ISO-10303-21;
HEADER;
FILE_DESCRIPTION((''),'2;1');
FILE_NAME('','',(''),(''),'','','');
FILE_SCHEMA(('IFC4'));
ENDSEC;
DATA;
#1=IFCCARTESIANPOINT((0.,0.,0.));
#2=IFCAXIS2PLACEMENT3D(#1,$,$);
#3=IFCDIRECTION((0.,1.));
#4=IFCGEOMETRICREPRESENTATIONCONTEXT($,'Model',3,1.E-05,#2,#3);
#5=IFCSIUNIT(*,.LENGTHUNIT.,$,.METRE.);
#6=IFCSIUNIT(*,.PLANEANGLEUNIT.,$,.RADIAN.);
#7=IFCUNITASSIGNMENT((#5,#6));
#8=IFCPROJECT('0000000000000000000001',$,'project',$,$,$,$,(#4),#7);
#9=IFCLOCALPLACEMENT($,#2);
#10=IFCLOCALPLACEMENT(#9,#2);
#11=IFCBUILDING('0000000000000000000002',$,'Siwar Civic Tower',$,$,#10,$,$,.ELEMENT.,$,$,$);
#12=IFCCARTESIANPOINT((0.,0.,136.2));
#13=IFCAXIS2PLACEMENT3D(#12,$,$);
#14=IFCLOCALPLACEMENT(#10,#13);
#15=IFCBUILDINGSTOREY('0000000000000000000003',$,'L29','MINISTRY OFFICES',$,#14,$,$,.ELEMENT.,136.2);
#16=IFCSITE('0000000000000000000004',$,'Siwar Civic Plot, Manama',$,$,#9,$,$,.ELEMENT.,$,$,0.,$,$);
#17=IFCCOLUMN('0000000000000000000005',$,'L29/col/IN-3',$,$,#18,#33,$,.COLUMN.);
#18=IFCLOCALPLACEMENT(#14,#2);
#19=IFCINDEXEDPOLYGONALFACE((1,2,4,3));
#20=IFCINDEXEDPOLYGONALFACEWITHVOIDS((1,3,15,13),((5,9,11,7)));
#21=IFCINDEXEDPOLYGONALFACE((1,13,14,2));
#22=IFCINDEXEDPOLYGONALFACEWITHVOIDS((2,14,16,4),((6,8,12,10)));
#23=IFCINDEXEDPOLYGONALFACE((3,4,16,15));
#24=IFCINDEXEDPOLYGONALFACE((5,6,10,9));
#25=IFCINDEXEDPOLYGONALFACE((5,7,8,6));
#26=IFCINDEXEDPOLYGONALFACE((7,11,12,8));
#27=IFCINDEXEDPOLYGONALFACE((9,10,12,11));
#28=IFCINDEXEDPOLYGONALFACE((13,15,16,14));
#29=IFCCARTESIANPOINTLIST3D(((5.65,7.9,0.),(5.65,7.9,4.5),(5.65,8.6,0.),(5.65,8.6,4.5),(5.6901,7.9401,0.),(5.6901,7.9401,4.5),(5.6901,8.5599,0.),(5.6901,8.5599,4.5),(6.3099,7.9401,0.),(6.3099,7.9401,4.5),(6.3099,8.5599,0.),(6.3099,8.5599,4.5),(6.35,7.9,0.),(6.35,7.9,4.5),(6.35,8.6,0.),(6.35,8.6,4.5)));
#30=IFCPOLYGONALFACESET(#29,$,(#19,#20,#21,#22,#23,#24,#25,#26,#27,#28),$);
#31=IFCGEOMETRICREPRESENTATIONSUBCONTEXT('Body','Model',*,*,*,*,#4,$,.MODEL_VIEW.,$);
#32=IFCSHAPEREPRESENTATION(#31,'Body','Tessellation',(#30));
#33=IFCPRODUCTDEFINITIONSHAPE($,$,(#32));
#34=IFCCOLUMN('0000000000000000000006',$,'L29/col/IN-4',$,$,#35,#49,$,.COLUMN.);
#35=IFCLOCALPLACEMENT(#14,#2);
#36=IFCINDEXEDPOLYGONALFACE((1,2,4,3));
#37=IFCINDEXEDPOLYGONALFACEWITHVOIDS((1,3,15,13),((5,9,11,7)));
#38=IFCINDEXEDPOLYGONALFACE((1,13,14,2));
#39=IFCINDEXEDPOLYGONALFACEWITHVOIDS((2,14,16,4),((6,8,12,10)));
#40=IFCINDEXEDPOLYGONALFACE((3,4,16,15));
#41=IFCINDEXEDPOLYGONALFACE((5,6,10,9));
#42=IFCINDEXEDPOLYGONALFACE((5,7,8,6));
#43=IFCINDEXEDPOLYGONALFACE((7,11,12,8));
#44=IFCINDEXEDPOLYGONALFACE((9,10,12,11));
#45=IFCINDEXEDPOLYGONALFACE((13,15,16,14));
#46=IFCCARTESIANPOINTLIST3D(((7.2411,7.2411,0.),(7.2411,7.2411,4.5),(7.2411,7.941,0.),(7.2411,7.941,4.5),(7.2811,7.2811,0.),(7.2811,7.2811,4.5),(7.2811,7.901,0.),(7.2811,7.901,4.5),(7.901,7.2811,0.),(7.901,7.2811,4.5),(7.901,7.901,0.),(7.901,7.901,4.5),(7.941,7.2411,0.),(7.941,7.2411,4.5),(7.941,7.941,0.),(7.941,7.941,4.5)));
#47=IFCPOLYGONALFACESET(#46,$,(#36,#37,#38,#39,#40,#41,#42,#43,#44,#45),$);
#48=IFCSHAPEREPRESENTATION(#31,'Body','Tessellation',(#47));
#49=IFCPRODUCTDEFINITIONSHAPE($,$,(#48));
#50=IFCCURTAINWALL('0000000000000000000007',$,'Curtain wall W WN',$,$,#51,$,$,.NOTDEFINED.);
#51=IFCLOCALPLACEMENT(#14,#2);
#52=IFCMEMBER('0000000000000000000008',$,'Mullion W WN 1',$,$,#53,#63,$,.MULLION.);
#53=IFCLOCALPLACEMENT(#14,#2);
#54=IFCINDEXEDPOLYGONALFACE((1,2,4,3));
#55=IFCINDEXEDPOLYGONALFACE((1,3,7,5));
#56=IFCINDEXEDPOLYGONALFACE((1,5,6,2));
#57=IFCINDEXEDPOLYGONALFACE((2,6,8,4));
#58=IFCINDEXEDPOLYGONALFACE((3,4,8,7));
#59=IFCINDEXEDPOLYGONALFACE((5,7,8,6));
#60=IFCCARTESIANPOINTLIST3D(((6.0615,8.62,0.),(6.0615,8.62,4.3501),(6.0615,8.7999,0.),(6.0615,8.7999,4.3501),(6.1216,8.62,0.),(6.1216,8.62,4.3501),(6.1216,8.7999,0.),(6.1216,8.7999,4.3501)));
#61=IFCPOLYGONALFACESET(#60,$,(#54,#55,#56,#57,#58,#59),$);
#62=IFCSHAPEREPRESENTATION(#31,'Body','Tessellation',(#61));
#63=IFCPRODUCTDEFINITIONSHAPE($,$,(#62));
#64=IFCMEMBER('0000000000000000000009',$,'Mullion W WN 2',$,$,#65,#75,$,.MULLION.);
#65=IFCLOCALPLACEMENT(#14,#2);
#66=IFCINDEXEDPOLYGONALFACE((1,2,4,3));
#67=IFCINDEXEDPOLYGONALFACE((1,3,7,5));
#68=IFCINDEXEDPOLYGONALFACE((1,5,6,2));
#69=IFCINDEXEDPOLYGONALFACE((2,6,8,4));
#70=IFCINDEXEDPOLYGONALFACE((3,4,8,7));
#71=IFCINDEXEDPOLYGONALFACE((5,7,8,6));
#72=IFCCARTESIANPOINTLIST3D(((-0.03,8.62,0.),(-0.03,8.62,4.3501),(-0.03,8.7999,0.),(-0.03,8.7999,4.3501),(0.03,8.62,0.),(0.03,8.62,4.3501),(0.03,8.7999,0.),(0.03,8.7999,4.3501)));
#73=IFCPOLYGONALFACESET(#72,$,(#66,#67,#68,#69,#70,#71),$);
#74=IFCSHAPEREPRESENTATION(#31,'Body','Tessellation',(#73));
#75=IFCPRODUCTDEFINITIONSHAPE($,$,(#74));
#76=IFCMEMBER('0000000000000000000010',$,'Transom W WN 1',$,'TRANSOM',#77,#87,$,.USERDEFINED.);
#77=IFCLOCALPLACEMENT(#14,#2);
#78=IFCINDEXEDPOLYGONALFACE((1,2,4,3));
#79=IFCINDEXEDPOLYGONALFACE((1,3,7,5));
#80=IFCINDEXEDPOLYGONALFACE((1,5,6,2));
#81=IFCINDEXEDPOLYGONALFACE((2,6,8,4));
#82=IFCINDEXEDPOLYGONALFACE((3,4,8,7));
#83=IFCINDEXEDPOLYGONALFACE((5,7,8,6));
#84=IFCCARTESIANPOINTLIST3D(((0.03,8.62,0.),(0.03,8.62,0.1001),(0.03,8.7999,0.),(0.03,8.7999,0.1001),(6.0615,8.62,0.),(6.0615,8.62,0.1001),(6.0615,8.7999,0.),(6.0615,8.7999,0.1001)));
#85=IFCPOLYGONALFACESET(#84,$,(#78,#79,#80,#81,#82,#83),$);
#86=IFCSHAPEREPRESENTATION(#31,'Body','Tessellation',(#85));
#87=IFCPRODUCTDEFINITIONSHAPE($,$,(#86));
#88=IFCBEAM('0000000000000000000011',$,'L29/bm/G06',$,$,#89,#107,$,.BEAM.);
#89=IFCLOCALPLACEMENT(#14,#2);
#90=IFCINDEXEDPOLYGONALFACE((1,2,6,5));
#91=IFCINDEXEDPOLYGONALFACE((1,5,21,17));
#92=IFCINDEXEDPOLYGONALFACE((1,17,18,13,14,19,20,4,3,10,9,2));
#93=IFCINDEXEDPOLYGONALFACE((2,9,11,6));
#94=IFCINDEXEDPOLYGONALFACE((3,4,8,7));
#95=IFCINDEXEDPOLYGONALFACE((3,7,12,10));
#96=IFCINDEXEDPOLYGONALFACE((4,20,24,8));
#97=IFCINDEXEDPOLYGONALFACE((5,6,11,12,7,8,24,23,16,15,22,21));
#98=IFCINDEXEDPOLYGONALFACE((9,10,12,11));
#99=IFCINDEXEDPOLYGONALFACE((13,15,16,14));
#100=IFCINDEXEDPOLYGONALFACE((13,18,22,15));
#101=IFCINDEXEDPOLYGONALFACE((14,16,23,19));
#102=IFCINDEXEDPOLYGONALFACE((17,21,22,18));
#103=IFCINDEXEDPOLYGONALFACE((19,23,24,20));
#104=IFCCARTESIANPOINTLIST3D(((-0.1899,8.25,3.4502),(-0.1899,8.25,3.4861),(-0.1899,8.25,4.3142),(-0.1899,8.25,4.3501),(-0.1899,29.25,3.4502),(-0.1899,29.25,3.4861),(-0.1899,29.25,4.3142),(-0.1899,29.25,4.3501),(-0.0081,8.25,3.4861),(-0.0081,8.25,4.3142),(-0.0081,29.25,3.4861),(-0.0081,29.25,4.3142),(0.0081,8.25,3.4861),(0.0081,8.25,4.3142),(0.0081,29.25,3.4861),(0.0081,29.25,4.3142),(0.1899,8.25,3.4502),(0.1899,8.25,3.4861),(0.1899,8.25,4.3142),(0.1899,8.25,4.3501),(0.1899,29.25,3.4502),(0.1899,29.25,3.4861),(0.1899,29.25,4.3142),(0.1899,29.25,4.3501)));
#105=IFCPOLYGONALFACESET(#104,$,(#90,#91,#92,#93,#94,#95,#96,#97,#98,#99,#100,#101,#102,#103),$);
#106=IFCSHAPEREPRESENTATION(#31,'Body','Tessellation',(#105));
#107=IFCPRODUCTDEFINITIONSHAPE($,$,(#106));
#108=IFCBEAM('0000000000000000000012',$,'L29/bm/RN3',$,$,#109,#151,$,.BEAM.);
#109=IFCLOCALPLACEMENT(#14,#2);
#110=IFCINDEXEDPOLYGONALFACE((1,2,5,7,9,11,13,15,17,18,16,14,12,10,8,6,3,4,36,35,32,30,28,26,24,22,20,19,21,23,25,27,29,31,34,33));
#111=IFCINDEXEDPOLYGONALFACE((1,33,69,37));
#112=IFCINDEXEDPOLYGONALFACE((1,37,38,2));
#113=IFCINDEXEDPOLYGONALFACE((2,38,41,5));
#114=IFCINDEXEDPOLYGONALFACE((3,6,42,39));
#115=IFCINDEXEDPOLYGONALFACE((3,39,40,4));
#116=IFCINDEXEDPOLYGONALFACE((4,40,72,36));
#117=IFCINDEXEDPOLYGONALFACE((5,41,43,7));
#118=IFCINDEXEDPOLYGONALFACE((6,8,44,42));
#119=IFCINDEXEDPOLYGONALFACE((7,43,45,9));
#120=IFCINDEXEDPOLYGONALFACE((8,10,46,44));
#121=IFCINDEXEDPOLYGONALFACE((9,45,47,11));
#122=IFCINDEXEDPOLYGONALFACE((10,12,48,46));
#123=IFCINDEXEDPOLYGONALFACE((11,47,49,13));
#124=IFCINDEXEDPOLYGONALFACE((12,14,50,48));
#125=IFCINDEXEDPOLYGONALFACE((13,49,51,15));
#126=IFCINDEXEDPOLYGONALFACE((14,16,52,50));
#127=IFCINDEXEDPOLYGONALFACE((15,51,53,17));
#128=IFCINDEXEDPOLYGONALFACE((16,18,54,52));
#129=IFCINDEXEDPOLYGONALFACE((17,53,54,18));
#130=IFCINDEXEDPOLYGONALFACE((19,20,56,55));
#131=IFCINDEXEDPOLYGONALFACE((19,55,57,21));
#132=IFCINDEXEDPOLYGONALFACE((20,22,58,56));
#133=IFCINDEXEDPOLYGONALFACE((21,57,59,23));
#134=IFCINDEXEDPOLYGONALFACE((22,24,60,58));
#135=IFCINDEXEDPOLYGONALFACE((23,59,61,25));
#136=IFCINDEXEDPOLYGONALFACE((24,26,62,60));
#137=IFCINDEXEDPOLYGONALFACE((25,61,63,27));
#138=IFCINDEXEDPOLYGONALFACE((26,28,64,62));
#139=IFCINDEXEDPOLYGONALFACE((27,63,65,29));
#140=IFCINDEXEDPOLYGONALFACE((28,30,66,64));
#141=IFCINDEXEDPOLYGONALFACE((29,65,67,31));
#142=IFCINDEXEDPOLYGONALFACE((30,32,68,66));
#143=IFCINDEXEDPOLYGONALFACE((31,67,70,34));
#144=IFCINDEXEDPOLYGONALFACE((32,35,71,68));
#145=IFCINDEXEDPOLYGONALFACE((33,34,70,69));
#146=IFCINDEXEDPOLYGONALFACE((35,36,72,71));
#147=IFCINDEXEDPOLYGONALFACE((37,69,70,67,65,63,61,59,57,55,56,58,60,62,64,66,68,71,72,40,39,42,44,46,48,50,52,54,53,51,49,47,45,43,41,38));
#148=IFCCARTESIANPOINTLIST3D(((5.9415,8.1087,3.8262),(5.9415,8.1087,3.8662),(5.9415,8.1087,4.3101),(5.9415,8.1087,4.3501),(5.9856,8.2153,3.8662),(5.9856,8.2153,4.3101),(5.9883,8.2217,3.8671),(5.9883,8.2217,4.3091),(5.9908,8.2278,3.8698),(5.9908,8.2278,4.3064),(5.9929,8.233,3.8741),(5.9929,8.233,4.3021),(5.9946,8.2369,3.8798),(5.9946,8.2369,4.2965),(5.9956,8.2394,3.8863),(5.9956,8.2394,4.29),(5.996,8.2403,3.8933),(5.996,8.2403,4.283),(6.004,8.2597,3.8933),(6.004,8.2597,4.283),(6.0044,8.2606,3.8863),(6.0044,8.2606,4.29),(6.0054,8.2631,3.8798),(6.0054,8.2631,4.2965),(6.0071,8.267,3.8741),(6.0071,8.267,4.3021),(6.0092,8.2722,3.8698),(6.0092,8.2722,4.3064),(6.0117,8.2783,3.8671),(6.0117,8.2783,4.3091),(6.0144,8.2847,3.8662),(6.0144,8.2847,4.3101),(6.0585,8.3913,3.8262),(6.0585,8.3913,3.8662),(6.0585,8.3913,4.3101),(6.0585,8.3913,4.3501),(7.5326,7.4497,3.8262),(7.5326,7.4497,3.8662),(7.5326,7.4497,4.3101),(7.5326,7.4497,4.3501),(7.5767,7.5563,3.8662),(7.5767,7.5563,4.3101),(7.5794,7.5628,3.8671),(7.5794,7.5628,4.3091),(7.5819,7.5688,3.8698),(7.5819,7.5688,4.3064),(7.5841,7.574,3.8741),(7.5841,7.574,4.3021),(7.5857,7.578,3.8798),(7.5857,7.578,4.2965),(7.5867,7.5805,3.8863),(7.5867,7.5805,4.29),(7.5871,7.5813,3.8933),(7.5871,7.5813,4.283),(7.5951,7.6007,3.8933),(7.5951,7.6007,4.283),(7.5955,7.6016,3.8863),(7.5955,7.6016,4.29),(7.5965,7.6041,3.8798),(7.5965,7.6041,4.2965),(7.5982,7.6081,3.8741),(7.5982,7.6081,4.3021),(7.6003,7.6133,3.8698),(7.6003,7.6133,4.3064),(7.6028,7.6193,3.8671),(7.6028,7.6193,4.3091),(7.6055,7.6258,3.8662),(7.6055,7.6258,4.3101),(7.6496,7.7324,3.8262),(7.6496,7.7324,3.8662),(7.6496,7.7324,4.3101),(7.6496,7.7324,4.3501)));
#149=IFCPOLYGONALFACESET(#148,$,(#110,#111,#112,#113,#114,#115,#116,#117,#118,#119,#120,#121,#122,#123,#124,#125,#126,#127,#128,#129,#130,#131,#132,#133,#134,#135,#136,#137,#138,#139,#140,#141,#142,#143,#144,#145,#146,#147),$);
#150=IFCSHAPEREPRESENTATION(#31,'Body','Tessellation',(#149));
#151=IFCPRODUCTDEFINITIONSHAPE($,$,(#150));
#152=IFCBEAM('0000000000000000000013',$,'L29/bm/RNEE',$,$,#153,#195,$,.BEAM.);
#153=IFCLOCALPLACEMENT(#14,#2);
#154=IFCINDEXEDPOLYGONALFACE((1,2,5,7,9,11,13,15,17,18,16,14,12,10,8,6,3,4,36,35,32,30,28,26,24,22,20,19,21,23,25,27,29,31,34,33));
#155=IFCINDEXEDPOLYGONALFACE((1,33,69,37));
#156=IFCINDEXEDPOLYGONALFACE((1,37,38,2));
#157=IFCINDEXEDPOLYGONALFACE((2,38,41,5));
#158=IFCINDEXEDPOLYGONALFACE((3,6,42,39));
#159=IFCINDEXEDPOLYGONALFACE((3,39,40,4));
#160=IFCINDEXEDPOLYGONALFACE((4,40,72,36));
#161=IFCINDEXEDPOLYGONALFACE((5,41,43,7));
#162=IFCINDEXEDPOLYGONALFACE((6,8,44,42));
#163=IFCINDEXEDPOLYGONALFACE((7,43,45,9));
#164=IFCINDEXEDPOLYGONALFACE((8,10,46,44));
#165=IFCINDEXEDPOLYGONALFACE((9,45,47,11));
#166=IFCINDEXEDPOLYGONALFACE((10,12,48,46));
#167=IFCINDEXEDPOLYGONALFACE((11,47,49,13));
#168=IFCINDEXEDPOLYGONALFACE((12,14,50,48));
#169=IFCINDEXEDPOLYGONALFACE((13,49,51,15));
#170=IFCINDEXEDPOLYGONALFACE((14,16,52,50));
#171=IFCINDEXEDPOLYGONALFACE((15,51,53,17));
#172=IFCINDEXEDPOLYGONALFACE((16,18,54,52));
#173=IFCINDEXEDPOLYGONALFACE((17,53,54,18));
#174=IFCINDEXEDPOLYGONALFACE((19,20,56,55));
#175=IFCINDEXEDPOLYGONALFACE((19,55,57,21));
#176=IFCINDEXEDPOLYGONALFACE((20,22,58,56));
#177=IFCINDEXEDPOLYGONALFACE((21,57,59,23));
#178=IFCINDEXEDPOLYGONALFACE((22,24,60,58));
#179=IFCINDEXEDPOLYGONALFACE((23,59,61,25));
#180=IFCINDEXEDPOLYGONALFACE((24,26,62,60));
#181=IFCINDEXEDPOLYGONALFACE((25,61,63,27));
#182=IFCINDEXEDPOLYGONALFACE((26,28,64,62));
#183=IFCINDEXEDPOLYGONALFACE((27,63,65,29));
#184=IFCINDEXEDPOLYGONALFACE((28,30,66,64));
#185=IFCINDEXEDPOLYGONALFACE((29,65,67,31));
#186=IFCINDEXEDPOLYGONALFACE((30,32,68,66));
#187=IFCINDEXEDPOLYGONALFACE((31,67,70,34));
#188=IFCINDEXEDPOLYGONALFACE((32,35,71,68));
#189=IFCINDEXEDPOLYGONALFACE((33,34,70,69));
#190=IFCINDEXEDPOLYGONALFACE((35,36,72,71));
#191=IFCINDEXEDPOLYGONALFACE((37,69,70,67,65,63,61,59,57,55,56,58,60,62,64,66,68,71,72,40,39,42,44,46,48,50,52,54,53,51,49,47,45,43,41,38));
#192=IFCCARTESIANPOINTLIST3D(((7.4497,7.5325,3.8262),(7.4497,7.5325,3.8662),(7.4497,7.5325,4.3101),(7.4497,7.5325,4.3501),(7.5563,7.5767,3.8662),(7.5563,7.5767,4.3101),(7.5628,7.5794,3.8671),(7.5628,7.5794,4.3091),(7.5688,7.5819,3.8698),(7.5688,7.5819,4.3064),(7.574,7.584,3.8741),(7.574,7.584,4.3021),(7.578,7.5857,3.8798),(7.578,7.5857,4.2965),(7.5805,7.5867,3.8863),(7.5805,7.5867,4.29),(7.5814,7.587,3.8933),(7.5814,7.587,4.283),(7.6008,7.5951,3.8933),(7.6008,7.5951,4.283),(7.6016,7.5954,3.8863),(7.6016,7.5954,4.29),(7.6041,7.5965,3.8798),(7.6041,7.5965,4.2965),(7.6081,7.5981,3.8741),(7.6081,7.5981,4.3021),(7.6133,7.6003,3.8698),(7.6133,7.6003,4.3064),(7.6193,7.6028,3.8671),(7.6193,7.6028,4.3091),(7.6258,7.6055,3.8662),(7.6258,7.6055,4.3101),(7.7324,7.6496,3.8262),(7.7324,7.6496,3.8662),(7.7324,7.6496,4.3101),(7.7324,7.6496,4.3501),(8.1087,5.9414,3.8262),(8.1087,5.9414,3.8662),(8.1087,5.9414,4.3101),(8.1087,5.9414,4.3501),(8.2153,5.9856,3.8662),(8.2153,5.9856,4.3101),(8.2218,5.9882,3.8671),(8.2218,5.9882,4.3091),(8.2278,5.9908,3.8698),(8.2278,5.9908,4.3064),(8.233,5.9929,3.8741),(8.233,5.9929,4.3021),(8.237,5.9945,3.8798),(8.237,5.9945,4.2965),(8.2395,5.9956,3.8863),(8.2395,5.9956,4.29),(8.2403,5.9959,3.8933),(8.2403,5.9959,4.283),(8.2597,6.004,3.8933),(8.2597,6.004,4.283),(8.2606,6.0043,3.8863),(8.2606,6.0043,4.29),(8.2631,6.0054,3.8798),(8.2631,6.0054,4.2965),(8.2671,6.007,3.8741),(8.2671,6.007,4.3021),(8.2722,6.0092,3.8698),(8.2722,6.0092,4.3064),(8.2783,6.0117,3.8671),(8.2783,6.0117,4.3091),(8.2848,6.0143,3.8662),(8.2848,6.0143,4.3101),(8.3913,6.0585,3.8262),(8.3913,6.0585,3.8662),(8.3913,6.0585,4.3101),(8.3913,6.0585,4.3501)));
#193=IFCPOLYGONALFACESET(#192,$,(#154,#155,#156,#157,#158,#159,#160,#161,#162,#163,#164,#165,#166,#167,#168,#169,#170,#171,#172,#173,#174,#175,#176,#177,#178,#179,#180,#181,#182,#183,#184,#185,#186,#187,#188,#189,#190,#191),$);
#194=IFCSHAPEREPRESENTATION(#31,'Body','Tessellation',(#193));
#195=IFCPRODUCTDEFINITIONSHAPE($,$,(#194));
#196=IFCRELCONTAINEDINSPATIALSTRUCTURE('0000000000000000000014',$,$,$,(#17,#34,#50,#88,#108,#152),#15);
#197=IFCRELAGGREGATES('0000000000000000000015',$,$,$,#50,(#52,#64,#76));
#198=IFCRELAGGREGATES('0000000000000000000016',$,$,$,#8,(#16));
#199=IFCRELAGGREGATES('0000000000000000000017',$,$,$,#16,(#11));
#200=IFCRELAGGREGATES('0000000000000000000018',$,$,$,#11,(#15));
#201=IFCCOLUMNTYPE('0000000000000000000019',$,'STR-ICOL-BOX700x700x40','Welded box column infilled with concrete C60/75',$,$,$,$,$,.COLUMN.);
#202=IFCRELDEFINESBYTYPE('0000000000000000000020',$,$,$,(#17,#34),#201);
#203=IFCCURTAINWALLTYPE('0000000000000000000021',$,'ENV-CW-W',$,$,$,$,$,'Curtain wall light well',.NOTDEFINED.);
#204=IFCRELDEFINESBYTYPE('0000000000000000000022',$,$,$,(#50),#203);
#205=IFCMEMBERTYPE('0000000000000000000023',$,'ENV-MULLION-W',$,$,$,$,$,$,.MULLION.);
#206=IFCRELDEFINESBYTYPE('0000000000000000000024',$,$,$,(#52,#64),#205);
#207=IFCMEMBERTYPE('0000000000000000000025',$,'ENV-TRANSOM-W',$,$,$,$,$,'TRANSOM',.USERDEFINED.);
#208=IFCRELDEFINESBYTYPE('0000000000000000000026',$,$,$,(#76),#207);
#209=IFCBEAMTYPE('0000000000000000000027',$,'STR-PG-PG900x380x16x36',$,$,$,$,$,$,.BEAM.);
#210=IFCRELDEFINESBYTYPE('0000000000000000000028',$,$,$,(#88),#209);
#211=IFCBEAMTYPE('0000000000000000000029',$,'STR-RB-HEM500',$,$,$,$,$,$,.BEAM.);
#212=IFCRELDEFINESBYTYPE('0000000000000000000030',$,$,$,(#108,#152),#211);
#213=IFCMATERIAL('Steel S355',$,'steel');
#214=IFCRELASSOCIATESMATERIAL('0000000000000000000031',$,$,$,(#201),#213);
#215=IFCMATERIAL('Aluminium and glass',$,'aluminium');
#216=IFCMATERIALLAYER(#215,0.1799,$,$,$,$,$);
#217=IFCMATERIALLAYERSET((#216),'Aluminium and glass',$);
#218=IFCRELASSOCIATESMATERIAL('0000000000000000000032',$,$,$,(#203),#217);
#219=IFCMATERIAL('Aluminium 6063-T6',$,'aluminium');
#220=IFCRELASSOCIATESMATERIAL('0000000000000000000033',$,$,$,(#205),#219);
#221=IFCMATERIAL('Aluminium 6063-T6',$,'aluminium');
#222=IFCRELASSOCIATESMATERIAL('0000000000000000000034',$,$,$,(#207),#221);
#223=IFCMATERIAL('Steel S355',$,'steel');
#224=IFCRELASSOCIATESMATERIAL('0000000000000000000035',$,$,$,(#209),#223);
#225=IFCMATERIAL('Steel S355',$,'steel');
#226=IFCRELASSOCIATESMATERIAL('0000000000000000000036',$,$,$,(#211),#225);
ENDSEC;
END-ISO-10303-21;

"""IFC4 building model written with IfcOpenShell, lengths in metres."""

from ifc_helpers import new_model, si_unit, direction, frame, origin, origin_2d, place, context, subcontext, project, spatial, rectangle, hollow_rectangle, i_section, extrude, material, layer, layer_set, material_profile, profile_set, type_object, element, aggregate, save


model = new_model("IFC4")

# Units and contexts
model_context = context("Model", 3, precision=1e-05, world=origin(), true_north=direction((0.0, 1.0)))
body_context = subcontext(model_context, "Body", "Model", "MODEL_VIEW")
ifc_project = project(units=[si_unit("LENGTHUNIT", "METRE"), si_unit("PLANEANGLEUNIT", "RADIAN")], contexts=[model_context])

# Site, building, storey
site_placement = place(None, origin())
site = spatial("IfcSite", under=ifc_project, at=site_placement, Name="Siwar Civic Plot, Manama", CompositionType="ELEMENT", RefElevation=0.0)
building_placement = place(site_placement, origin())
building = spatial("IfcBuilding", under=site, at=building_placement, Name="Siwar Civic Tower", CompositionType="ELEMENT")
storey_placement = place(building_placement, frame((0.0, 0.0, 136.2)))
storey = spatial("IfcBuildingStorey", under=building, at=storey_placement, Name="L29", Description="MINISTRY OFFICES", CompositionType="ELEMENT", Elevation=136.2)

# Columns
ifc_material_1 = material(Name="Steel S355", Category="steel")
ifc_material_profile_1 = material_profile(ifc_material_1, hollow_rectangle(XDim=0.7, YDim=0.7, WallThickness=0.04, at=origin_2d()), Name="BOX700x700x40")
ifc_profile_set_1 = profile_set([ifc_material_profile_1], Name="Steel S355")
column_type = type_object("IfcColumnType", Name="STR-ICOL-BOX700x700x40", Description="Welded box column infilled with concrete C60/75", PredefinedType="COLUMN", material=ifc_profile_set_1)
for number, where, z_axis, x_axis, name in (
    (1, (6.0, 8.25, 0.0), (0.0, 0.0, 1.0), (1.0, 0.0, 0.0), "L29/col/IN-3"),
    (2, (7.5911, 7.5911, 0.0), (0.0, 0.0, 1.0), (1.0, 0.0, 0.0), "L29/col/IN-4"),
):
    element("IfcColumn", number, at=place(storey_placement, frame(where, z_axis=z_axis, x_axis=x_axis)), inside=storey, type_object=column_type, Name=name, PredefinedType="COLUMN", context=body_context, shape_type="SweptSolid", body=[
        extrude(hollow_rectangle(XDim=0.7, YDim=0.7, WallThickness=0.04, at=origin_2d()), origin(), (0.0, 0.0, 1.0), 4.5),
    ])

# Curtain wall, members
ifc_material_2 = material(Name="Aluminium and glass", Category="aluminium")
ifc_layer_1 = layer(ifc_material_2, 0.1799)
ifc_layer_set_1 = layer_set([ifc_layer_1], Name="Aluminium and glass")
curtain_wall_type = type_object("IfcCurtainWallType", Name="ENV-CW-W", ElementType="Curtain wall light well", PredefinedType="NOTDEFINED", material=ifc_layer_set_1)
curtain_wall_placement = place(storey_placement, origin())
curtain_wall = element("IfcCurtainWall", 3, at=curtain_wall_placement, inside=storey, type_object=curtain_wall_type, Name="Curtain wall W WN", PredefinedType="NOTDEFINED")
ifc_material_3 = material(Name="Aluminium 6063-T6", Category="aluminium")
ifc_material_profile_2 = material_profile(ifc_material_3, rectangle(XDim=0.1799, YDim=0.0601, at=origin_2d()), Name="AL 180x60")
ifc_profile_set_2 = profile_set([ifc_material_profile_2], Name="Aluminium 6063-T6")
member_type_1 = type_object("IfcMemberType", Name="ENV-MULLION-W", PredefinedType="MULLION", material=ifc_profile_set_2)
member_1_placement = place(storey_placement, frame((6.0916, 8.71, 0.0), z_axis=(0.0, 0.0, 1.0), x_axis=(0.0, -1.0, 0.0)))
member_1 = element("IfcMember", 4, at=member_1_placement, type_object=member_type_1, Name="Mullion W WN 1", PredefinedType="MULLION", context=body_context, shape_type="SweptSolid", body=[
    extrude(rectangle(XDim=0.1799, YDim=0.0601, at=origin_2d()), origin(), (0.0, 0.0, 1.0), 4.3501),
])
member_2_placement = place(storey_placement, frame((0.0, 8.71, 0.0), z_axis=(0.0, 0.0, 1.0), x_axis=(0.0, -1.0, 0.0)))
member_2 = element("IfcMember", 5, at=member_2_placement, type_object=member_type_1, Name="Mullion W WN 2", PredefinedType="MULLION", context=body_context, shape_type="SweptSolid", body=[
    extrude(rectangle(XDim=0.1799, YDim=0.0601, at=origin_2d()), origin(), (0.0, 0.0, 1.0), 4.3501),
])
ifc_material_4 = material(Name="Aluminium 6063-T6", Category="aluminium")
ifc_material_profile_3 = material_profile(ifc_material_4, rectangle(XDim=0.1799, YDim=0.1001, at=origin_2d()), Name="AL 180x100")
ifc_profile_set_3 = profile_set([ifc_material_profile_3], Name="Aluminium 6063-T6")
member_type_2 = type_object("IfcMemberType", Name="ENV-TRANSOM-W", ElementType="TRANSOM", PredefinedType="USERDEFINED", material=ifc_profile_set_3)
member_3_placement = place(storey_placement, frame((6.0615, 8.71, 0.05), z_axis=(-1.0, 0.0, 0.0), x_axis=(0.0, -1.0, 0.0)))
member_3 = element("IfcMember", 6, at=member_3_placement, type_object=member_type_2, Name="Transom W WN 1", ObjectType="TRANSOM", PredefinedType="USERDEFINED", context=body_context, shape_type="SweptSolid", body=[
    extrude(rectangle(XDim=0.1799, YDim=0.1001, at=origin_2d()), origin(), (0.0, 0.0, 1.0), 6.0315),
])

# Beams
ifc_material_5 = material(Name="Steel S355", Category="steel")
ifc_material_profile_4 = material_profile(ifc_material_5, i_section(OverallWidth=0.3799, OverallDepth=0.8999, WebThickness=0.0161, FlangeThickness=0.0359, at=origin_2d()), Name="PG900x380x16x36")
ifc_profile_set_4 = profile_set([ifc_material_profile_4], Name="Steel S355")
beam_type_1 = type_object("IfcBeamType", Name="STR-PG-PG900x380x16x36", PredefinedType="BEAM", material=ifc_profile_set_4)
beam_placement = place(storey_placement, frame((0.0, 8.25, 3.9001), z_axis=(0.0, 1.0, 0.0), x_axis=(-1.0, 0.0, 0.0)))
element("IfcBeam", 7, at=beam_placement, inside=storey, type_object=beam_type_1, Name="L29/bm/G06", PredefinedType="BEAM", context=body_context, shape_type="SweptSolid", body=[
    extrude(i_section(OverallWidth=0.3799, OverallDepth=0.8999, WebThickness=0.0161, FlangeThickness=0.0359, at=origin_2d()), origin(), (0.0, 0.0, 1.0), 21.0),
])
ifc_material_6 = material(Name="Steel S355", Category="steel")
ifc_material_profile_5 = material_profile(ifc_material_6, i_section(OverallWidth=0.3059, OverallDepth=0.5239, WebThickness=0.021, FlangeThickness=0.04, FilletRadius=0.0271, at=origin_2d()), Name="HEM500")
ifc_profile_set_5 = profile_set([ifc_material_profile_5], Name="Steel S355")
beam_type_2 = type_object("IfcBeamType", Name="STR-RB-HEM500", PredefinedType="BEAM", material=ifc_profile_set_5)
for number, where, z_axis, x_axis, name in (
    (8, (6.0, 8.25, 4.0881), (0.923901, -0.382631, 0.0), (0.382631, 0.923901, 0.0), "L29/bm/RN3"),
    (9, (7.5911, 7.5911, 4.0881), (0.382631, -0.923901, 0.0), (0.923901, 0.382631, 0.0), "L29/bm/RNEE"),
):
    element("IfcBeam", number, at=place(storey_placement, frame(where, z_axis=z_axis, x_axis=x_axis)), inside=storey, type_object=beam_type_2, Name=name, PredefinedType="BEAM", context=body_context, shape_type="SweptSolid", body=[
        extrude(i_section(OverallWidth=0.3059, OverallDepth=0.5239, WebThickness=0.021, FlangeThickness=0.04, FilletRadius=0.0271, at=origin_2d()), origin(), (0.0, 0.0, 1.0), 1.7222),
    ])

aggregate(curtain_wall, [member_1, member_2, member_3])

save(model, "model.ifc")
